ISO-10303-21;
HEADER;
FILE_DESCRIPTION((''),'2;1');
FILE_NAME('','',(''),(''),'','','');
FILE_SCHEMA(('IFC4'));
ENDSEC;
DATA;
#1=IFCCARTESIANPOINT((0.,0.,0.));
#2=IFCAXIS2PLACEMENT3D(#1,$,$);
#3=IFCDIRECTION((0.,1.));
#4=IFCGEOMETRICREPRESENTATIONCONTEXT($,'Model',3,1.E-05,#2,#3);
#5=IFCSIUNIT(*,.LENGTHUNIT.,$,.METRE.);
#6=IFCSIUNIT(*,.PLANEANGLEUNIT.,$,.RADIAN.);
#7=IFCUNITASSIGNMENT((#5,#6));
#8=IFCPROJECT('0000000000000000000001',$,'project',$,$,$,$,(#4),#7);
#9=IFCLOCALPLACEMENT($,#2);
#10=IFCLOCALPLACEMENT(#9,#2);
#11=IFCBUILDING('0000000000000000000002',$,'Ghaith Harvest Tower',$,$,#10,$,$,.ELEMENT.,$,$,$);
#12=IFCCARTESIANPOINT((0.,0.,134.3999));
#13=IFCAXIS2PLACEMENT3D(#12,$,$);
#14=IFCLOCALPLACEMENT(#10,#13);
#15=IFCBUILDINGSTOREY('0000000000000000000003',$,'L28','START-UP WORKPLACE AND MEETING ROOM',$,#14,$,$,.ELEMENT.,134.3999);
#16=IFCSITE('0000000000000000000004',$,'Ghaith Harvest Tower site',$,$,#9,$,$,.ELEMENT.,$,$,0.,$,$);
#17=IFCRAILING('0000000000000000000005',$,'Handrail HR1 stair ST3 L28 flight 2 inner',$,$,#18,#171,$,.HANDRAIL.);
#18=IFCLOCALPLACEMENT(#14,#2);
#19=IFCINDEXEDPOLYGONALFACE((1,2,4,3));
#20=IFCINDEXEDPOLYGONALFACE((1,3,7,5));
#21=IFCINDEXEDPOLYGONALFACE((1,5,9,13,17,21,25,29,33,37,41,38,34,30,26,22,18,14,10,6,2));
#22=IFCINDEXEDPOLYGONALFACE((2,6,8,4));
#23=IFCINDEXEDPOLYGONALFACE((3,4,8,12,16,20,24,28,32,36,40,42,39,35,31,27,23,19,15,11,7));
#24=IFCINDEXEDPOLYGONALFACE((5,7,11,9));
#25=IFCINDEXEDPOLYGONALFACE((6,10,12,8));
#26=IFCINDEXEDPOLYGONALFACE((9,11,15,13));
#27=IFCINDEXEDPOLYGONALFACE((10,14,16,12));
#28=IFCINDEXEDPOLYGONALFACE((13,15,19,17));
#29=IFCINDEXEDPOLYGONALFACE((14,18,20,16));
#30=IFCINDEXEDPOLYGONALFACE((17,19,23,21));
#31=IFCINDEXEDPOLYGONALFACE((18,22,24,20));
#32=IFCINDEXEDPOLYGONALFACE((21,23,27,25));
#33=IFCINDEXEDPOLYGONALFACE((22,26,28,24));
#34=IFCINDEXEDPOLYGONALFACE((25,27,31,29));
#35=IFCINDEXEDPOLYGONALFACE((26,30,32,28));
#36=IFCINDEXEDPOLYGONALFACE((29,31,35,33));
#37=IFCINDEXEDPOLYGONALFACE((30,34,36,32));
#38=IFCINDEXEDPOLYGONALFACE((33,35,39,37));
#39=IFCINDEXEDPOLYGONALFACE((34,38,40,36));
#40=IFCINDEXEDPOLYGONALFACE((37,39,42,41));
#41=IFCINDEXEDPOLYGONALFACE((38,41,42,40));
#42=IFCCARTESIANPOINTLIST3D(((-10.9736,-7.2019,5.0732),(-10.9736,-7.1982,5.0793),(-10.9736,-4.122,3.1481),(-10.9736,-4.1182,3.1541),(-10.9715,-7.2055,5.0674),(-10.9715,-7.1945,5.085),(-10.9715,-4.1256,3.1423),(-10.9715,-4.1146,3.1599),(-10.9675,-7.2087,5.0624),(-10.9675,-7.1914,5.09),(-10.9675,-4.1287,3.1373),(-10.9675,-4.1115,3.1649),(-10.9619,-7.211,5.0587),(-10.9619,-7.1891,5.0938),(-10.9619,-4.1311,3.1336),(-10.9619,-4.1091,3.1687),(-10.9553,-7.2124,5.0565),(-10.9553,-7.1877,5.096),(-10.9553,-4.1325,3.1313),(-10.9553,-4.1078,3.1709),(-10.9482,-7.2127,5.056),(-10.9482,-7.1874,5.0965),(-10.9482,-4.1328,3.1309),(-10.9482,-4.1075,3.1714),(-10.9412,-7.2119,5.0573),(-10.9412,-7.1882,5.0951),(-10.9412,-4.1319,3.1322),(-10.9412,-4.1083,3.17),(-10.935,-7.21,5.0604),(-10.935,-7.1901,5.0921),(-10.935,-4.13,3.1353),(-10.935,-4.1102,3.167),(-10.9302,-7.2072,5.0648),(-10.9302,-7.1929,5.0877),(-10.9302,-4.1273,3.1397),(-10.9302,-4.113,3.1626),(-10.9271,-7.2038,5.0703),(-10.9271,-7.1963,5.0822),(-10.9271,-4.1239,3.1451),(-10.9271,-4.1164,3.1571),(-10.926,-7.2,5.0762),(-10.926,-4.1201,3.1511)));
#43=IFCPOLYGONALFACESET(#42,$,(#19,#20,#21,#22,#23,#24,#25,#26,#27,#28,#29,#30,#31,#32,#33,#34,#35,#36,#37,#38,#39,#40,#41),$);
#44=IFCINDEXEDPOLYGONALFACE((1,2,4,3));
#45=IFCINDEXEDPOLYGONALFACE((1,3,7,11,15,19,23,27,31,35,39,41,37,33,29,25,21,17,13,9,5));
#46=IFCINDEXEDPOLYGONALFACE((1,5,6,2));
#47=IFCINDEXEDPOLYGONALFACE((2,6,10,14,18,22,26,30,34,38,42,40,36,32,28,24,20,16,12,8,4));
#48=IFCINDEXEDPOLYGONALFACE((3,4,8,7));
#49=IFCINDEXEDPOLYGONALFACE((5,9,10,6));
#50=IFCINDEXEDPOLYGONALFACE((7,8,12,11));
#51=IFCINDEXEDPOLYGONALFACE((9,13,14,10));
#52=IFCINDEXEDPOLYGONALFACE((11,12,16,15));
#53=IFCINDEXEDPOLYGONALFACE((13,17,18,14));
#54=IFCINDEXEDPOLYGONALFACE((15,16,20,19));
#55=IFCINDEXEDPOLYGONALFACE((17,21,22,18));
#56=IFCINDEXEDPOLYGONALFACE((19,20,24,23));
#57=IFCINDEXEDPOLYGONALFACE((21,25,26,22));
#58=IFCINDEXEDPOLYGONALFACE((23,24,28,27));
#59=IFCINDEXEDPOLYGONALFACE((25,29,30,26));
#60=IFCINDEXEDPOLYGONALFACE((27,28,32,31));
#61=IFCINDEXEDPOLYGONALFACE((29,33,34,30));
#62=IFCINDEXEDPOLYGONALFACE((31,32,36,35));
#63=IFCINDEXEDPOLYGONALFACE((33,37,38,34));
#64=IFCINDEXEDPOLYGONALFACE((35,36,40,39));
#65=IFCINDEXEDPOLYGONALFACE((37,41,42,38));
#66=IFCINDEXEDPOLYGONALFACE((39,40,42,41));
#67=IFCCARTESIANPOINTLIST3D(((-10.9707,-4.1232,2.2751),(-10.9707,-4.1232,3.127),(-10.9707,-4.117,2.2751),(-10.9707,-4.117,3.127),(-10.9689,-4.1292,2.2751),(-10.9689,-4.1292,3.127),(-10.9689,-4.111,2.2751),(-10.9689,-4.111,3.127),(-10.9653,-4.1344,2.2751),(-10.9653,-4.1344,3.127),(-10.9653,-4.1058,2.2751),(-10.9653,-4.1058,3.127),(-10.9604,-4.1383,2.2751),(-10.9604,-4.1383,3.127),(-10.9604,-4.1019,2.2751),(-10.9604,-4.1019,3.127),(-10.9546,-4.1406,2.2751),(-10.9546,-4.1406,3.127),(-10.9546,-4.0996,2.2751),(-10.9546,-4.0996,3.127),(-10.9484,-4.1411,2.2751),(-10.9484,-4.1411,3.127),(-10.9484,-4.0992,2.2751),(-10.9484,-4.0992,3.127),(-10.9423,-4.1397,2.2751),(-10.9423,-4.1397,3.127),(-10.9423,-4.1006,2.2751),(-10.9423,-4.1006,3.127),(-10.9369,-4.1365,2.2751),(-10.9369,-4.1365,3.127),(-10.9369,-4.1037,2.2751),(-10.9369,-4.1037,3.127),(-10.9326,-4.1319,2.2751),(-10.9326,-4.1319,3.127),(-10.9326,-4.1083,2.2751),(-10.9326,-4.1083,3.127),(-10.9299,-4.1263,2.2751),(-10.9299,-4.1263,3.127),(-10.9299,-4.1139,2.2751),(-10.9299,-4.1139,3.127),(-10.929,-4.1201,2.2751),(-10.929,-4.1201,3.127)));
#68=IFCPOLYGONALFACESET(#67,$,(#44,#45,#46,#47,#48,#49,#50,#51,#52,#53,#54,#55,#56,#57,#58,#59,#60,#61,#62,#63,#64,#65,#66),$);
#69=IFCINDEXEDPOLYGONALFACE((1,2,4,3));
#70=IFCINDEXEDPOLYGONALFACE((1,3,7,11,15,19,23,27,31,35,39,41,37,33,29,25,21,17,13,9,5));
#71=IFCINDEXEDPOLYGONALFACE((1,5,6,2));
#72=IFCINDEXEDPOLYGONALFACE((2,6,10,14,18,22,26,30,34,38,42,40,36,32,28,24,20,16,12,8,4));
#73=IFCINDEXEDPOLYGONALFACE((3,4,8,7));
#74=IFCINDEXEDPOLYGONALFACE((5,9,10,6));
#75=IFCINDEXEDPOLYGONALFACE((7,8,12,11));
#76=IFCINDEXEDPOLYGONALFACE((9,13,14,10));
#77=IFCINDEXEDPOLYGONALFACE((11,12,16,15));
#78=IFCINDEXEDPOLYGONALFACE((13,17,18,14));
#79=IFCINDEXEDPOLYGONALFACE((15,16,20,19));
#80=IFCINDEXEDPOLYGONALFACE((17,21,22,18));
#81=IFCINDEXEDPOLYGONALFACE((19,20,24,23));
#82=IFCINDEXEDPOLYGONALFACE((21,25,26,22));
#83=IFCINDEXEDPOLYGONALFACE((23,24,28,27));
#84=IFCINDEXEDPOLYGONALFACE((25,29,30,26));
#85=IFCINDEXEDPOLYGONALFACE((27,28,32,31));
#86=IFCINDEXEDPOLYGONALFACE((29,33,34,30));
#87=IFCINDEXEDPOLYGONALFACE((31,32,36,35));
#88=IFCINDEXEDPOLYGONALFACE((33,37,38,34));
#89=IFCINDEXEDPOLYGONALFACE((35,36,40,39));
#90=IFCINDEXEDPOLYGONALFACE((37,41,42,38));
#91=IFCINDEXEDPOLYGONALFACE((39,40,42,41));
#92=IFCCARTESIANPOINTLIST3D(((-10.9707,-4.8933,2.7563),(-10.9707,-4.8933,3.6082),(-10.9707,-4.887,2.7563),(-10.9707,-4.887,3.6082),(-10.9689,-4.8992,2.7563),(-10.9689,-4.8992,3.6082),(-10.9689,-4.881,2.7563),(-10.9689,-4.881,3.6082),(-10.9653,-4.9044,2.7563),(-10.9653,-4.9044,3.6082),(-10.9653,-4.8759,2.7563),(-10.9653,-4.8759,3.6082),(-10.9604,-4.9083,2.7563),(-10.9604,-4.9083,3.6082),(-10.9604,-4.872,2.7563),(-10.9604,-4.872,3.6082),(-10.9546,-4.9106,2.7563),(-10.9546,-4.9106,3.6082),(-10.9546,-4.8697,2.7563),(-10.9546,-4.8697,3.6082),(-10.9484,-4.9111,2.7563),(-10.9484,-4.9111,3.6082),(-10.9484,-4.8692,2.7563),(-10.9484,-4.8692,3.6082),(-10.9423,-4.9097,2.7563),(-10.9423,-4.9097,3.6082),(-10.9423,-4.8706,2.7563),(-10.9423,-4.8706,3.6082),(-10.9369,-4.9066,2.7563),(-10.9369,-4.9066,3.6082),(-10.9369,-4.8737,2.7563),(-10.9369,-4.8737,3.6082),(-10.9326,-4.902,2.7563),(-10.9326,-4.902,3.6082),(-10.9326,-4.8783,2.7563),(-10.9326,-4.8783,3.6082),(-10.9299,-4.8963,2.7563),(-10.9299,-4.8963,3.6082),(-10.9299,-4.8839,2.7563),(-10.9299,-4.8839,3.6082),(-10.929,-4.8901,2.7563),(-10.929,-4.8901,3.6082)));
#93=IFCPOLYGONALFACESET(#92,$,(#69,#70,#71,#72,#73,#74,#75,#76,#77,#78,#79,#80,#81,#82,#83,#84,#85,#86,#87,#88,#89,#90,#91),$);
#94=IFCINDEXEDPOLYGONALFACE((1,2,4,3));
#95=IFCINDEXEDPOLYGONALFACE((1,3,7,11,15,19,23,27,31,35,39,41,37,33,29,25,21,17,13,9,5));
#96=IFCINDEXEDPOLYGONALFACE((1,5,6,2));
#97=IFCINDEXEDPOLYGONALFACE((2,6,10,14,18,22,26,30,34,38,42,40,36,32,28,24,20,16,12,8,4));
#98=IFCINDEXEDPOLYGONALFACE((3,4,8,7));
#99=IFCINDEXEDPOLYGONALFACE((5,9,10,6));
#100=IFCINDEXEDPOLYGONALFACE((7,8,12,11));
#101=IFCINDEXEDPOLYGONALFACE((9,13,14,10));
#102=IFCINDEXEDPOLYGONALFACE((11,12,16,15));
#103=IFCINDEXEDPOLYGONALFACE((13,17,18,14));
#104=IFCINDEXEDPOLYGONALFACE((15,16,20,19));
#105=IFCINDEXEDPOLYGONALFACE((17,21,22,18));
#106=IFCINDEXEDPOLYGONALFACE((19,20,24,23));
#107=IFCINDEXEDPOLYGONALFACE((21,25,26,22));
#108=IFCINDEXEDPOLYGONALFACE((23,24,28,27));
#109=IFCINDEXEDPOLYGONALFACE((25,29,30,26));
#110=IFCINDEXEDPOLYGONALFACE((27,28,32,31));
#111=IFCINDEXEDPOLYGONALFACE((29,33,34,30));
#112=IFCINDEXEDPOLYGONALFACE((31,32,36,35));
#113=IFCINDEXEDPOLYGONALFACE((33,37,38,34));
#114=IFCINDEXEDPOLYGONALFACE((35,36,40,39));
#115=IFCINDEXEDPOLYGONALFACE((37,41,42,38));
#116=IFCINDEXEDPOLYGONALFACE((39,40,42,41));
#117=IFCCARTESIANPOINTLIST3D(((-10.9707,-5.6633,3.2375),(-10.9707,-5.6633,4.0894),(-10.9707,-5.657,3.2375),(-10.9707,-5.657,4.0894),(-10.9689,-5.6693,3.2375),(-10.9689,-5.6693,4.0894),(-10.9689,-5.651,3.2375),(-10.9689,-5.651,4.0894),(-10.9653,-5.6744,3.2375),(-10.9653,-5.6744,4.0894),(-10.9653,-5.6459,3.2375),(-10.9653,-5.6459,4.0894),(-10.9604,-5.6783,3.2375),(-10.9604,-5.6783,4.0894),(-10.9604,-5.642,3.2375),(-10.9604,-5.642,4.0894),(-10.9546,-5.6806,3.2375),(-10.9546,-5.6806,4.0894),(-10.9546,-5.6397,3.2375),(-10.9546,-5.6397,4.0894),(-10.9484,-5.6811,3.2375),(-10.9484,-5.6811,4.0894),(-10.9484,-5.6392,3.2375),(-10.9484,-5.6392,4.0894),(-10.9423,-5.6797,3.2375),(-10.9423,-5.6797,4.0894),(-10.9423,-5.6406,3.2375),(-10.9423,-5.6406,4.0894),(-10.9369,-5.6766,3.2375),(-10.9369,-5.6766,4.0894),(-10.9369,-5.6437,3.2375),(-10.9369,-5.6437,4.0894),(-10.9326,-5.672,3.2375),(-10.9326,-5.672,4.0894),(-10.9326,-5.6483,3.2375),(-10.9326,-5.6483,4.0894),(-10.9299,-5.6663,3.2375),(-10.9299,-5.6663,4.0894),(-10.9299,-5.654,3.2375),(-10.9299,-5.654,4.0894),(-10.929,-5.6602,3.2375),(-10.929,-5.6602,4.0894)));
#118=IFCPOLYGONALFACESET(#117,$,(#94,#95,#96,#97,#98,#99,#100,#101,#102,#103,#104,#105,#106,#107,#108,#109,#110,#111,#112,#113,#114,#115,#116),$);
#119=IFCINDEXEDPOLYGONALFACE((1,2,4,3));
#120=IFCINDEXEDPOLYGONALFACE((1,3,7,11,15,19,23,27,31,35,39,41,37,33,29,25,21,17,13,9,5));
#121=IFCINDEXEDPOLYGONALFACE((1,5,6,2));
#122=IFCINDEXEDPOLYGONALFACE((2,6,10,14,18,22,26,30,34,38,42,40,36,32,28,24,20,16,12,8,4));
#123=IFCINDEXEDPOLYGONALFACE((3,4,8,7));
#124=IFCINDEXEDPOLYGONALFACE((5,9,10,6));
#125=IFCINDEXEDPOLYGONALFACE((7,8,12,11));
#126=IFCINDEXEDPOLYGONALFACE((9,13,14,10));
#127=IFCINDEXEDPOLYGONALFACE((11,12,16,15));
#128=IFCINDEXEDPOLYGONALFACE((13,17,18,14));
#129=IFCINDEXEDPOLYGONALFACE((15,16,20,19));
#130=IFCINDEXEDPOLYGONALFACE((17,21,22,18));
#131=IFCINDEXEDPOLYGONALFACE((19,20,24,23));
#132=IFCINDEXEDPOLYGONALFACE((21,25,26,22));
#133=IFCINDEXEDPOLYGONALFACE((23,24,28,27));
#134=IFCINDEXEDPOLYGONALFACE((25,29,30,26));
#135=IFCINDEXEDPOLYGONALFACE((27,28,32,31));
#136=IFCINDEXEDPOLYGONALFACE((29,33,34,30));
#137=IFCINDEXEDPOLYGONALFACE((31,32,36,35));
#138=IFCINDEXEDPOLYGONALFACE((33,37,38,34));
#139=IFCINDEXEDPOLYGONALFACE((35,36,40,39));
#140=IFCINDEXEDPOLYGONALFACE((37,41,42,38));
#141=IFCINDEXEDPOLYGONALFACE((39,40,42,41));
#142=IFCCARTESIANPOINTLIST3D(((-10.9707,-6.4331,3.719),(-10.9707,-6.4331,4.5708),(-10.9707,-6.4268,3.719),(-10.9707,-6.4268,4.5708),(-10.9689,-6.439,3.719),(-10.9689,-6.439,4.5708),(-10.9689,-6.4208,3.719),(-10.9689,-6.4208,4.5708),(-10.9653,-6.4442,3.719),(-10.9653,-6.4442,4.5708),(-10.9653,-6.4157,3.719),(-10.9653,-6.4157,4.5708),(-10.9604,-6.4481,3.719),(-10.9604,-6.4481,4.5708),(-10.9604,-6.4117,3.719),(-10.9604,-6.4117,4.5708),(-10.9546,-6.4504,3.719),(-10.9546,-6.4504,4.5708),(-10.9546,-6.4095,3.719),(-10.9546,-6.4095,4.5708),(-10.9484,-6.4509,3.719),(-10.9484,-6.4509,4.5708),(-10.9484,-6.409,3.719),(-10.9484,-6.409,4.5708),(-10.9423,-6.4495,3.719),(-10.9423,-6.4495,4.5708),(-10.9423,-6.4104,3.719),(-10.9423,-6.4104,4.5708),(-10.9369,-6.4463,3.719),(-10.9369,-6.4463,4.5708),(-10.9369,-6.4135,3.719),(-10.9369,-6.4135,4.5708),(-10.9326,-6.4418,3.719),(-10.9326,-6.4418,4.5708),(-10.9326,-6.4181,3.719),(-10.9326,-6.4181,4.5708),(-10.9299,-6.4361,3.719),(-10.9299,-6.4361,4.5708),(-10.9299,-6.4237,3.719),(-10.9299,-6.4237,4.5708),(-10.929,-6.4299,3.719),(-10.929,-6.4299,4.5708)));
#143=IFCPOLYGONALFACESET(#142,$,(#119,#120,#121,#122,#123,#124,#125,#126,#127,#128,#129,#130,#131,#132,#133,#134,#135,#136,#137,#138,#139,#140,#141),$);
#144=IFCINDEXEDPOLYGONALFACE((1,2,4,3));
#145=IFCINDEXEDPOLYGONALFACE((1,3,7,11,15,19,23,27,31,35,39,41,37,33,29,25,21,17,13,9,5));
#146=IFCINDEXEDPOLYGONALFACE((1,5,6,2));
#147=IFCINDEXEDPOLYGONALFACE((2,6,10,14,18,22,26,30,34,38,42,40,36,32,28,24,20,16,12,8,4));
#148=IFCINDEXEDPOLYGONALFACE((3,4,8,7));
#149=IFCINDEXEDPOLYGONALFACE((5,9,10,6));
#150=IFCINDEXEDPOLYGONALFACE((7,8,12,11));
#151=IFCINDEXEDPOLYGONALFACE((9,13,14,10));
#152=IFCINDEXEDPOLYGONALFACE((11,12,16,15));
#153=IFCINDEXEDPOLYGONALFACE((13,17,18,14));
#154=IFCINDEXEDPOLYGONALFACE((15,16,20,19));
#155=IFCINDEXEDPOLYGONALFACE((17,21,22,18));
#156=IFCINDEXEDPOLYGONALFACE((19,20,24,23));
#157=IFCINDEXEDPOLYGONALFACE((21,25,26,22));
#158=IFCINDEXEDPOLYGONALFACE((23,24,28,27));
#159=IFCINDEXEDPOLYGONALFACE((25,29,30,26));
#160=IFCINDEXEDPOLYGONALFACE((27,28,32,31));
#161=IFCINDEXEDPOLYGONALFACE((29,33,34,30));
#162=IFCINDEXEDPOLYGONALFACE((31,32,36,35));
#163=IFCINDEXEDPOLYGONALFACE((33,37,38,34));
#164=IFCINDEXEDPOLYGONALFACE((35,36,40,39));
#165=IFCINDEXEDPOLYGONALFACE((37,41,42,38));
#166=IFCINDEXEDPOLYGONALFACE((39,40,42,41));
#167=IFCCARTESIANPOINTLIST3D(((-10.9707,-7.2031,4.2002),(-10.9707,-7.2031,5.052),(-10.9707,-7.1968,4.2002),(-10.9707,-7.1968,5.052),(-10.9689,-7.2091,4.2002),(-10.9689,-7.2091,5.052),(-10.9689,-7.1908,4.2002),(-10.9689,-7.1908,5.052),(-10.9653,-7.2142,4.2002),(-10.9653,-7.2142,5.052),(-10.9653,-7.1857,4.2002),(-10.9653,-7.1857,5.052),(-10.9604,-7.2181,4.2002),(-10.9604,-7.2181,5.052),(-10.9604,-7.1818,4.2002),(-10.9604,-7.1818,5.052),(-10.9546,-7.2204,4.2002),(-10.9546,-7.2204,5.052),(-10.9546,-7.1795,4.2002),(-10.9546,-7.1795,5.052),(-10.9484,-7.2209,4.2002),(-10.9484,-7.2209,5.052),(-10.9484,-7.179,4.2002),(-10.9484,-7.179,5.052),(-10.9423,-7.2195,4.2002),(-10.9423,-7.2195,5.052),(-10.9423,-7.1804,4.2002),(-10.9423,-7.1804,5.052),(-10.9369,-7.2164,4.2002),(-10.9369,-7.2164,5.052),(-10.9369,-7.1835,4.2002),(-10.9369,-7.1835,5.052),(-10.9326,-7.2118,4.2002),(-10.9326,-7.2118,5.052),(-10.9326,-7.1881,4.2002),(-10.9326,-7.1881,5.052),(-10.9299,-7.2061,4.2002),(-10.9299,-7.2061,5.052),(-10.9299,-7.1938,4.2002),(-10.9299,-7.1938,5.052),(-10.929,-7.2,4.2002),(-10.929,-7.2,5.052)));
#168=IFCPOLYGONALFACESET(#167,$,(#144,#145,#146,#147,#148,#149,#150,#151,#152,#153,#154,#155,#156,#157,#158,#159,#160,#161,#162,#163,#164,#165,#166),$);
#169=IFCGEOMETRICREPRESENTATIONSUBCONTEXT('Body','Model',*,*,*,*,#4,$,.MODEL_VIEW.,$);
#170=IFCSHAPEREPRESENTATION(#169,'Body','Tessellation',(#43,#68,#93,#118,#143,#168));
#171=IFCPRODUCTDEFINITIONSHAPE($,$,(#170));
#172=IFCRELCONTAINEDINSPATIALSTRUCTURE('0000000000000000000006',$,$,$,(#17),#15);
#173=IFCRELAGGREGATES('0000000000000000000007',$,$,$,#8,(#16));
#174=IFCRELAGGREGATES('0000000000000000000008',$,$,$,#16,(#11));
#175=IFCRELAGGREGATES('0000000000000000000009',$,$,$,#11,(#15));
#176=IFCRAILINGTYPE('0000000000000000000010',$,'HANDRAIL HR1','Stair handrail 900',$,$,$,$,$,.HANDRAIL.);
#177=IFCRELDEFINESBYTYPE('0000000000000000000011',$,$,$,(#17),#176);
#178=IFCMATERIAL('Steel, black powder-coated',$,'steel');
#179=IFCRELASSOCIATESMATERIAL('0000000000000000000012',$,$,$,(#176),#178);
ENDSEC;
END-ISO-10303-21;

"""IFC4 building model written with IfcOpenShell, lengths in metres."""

from ifc_helpers import new_model, si_unit, direction, frame, origin, origin_2d, place, context, subcontext, project, spatial, circle, extrude, material, type_object, element, save


model = new_model("IFC4")

# Units and contexts
model_context = context("Model", 3, precision=1e-05, world=origin(), true_north=direction((0.0, 1.0)))
body_context = subcontext(model_context, "Body", "Model", "MODEL_VIEW")
ifc_project = project(units=[si_unit("LENGTHUNIT", "METRE"), si_unit("PLANEANGLEUNIT", "RADIAN")], contexts=[model_context])

# Site, building, storey
site_placement = place(None, origin())
site = spatial("IfcSite", under=ifc_project, at=site_placement, Name="Ghaith Harvest Tower site", CompositionType="ELEMENT", RefElevation=0.0)
building_placement = place(site_placement, origin())
building = spatial("IfcBuilding", under=site, at=building_placement, Name="Ghaith Harvest Tower", CompositionType="ELEMENT")
storey_placement = place(building_placement, frame((0.0, 0.0, 134.3999)))
storey = spatial("IfcBuildingStorey", under=building, at=storey_placement, Name="L28", Description="START-UP WORKPLACE AND MEETING ROOM", CompositionType="ELEMENT", Elevation=134.3999)

# Railing
ifc_material_1 = material(Name="Steel, black powder-coated", Category="steel")
railing_type = type_object("IfcRailingType", Name="HANDRAIL HR1", Description="Stair handrail 900", PredefinedType="HANDRAIL", material=ifc_material_1)
railing_1_placement = place(storey_placement, frame((-10.95, -4.1201, 2.2751)))
element("IfcRailing", 1, at=railing_1_placement, inside=storey, type_object=railing_type, Name="Handrail HR1 stair ST3 L28 flight 2 inner", PredefinedType="HANDRAIL", context=body_context, shape_type="SweptSolid", body=[
    extrude(circle(Radius=0.0239, at=origin_2d()), frame((0.0, 0.0, 0.876), z_axis=(0.0, -0.847979, 0.530029), x_axis=(1.0, 0.0, 0.0)), (0.0, 0.0, 1.0), 3.6321),
    extrude(circle(Radius=0.021, at=origin_2d()), origin(), (0.0, 0.0, 1.0), 0.8518),
    extrude(circle(Radius=0.021, at=origin_2d()), frame((0.0, -0.77, 0.4812)), (0.0, 0.0, 1.0), 0.8518),
    extrude(circle(Radius=0.021, at=origin_2d()), frame((0.0, -1.54, 0.9624)), (0.0, 0.0, 1.0), 0.8518),
    extrude(circle(Radius=0.021, at=origin_2d()), frame((0.0, -2.3098, 1.4438)), (0.0, 0.0, 1.0), 0.8518),
    extrude(circle(Radius=0.021, at=origin_2d()), frame((0.0, -3.0798, 1.925)), (0.0, 0.0, 1.0), 0.8518),
])

save(model, "model.ifc")
